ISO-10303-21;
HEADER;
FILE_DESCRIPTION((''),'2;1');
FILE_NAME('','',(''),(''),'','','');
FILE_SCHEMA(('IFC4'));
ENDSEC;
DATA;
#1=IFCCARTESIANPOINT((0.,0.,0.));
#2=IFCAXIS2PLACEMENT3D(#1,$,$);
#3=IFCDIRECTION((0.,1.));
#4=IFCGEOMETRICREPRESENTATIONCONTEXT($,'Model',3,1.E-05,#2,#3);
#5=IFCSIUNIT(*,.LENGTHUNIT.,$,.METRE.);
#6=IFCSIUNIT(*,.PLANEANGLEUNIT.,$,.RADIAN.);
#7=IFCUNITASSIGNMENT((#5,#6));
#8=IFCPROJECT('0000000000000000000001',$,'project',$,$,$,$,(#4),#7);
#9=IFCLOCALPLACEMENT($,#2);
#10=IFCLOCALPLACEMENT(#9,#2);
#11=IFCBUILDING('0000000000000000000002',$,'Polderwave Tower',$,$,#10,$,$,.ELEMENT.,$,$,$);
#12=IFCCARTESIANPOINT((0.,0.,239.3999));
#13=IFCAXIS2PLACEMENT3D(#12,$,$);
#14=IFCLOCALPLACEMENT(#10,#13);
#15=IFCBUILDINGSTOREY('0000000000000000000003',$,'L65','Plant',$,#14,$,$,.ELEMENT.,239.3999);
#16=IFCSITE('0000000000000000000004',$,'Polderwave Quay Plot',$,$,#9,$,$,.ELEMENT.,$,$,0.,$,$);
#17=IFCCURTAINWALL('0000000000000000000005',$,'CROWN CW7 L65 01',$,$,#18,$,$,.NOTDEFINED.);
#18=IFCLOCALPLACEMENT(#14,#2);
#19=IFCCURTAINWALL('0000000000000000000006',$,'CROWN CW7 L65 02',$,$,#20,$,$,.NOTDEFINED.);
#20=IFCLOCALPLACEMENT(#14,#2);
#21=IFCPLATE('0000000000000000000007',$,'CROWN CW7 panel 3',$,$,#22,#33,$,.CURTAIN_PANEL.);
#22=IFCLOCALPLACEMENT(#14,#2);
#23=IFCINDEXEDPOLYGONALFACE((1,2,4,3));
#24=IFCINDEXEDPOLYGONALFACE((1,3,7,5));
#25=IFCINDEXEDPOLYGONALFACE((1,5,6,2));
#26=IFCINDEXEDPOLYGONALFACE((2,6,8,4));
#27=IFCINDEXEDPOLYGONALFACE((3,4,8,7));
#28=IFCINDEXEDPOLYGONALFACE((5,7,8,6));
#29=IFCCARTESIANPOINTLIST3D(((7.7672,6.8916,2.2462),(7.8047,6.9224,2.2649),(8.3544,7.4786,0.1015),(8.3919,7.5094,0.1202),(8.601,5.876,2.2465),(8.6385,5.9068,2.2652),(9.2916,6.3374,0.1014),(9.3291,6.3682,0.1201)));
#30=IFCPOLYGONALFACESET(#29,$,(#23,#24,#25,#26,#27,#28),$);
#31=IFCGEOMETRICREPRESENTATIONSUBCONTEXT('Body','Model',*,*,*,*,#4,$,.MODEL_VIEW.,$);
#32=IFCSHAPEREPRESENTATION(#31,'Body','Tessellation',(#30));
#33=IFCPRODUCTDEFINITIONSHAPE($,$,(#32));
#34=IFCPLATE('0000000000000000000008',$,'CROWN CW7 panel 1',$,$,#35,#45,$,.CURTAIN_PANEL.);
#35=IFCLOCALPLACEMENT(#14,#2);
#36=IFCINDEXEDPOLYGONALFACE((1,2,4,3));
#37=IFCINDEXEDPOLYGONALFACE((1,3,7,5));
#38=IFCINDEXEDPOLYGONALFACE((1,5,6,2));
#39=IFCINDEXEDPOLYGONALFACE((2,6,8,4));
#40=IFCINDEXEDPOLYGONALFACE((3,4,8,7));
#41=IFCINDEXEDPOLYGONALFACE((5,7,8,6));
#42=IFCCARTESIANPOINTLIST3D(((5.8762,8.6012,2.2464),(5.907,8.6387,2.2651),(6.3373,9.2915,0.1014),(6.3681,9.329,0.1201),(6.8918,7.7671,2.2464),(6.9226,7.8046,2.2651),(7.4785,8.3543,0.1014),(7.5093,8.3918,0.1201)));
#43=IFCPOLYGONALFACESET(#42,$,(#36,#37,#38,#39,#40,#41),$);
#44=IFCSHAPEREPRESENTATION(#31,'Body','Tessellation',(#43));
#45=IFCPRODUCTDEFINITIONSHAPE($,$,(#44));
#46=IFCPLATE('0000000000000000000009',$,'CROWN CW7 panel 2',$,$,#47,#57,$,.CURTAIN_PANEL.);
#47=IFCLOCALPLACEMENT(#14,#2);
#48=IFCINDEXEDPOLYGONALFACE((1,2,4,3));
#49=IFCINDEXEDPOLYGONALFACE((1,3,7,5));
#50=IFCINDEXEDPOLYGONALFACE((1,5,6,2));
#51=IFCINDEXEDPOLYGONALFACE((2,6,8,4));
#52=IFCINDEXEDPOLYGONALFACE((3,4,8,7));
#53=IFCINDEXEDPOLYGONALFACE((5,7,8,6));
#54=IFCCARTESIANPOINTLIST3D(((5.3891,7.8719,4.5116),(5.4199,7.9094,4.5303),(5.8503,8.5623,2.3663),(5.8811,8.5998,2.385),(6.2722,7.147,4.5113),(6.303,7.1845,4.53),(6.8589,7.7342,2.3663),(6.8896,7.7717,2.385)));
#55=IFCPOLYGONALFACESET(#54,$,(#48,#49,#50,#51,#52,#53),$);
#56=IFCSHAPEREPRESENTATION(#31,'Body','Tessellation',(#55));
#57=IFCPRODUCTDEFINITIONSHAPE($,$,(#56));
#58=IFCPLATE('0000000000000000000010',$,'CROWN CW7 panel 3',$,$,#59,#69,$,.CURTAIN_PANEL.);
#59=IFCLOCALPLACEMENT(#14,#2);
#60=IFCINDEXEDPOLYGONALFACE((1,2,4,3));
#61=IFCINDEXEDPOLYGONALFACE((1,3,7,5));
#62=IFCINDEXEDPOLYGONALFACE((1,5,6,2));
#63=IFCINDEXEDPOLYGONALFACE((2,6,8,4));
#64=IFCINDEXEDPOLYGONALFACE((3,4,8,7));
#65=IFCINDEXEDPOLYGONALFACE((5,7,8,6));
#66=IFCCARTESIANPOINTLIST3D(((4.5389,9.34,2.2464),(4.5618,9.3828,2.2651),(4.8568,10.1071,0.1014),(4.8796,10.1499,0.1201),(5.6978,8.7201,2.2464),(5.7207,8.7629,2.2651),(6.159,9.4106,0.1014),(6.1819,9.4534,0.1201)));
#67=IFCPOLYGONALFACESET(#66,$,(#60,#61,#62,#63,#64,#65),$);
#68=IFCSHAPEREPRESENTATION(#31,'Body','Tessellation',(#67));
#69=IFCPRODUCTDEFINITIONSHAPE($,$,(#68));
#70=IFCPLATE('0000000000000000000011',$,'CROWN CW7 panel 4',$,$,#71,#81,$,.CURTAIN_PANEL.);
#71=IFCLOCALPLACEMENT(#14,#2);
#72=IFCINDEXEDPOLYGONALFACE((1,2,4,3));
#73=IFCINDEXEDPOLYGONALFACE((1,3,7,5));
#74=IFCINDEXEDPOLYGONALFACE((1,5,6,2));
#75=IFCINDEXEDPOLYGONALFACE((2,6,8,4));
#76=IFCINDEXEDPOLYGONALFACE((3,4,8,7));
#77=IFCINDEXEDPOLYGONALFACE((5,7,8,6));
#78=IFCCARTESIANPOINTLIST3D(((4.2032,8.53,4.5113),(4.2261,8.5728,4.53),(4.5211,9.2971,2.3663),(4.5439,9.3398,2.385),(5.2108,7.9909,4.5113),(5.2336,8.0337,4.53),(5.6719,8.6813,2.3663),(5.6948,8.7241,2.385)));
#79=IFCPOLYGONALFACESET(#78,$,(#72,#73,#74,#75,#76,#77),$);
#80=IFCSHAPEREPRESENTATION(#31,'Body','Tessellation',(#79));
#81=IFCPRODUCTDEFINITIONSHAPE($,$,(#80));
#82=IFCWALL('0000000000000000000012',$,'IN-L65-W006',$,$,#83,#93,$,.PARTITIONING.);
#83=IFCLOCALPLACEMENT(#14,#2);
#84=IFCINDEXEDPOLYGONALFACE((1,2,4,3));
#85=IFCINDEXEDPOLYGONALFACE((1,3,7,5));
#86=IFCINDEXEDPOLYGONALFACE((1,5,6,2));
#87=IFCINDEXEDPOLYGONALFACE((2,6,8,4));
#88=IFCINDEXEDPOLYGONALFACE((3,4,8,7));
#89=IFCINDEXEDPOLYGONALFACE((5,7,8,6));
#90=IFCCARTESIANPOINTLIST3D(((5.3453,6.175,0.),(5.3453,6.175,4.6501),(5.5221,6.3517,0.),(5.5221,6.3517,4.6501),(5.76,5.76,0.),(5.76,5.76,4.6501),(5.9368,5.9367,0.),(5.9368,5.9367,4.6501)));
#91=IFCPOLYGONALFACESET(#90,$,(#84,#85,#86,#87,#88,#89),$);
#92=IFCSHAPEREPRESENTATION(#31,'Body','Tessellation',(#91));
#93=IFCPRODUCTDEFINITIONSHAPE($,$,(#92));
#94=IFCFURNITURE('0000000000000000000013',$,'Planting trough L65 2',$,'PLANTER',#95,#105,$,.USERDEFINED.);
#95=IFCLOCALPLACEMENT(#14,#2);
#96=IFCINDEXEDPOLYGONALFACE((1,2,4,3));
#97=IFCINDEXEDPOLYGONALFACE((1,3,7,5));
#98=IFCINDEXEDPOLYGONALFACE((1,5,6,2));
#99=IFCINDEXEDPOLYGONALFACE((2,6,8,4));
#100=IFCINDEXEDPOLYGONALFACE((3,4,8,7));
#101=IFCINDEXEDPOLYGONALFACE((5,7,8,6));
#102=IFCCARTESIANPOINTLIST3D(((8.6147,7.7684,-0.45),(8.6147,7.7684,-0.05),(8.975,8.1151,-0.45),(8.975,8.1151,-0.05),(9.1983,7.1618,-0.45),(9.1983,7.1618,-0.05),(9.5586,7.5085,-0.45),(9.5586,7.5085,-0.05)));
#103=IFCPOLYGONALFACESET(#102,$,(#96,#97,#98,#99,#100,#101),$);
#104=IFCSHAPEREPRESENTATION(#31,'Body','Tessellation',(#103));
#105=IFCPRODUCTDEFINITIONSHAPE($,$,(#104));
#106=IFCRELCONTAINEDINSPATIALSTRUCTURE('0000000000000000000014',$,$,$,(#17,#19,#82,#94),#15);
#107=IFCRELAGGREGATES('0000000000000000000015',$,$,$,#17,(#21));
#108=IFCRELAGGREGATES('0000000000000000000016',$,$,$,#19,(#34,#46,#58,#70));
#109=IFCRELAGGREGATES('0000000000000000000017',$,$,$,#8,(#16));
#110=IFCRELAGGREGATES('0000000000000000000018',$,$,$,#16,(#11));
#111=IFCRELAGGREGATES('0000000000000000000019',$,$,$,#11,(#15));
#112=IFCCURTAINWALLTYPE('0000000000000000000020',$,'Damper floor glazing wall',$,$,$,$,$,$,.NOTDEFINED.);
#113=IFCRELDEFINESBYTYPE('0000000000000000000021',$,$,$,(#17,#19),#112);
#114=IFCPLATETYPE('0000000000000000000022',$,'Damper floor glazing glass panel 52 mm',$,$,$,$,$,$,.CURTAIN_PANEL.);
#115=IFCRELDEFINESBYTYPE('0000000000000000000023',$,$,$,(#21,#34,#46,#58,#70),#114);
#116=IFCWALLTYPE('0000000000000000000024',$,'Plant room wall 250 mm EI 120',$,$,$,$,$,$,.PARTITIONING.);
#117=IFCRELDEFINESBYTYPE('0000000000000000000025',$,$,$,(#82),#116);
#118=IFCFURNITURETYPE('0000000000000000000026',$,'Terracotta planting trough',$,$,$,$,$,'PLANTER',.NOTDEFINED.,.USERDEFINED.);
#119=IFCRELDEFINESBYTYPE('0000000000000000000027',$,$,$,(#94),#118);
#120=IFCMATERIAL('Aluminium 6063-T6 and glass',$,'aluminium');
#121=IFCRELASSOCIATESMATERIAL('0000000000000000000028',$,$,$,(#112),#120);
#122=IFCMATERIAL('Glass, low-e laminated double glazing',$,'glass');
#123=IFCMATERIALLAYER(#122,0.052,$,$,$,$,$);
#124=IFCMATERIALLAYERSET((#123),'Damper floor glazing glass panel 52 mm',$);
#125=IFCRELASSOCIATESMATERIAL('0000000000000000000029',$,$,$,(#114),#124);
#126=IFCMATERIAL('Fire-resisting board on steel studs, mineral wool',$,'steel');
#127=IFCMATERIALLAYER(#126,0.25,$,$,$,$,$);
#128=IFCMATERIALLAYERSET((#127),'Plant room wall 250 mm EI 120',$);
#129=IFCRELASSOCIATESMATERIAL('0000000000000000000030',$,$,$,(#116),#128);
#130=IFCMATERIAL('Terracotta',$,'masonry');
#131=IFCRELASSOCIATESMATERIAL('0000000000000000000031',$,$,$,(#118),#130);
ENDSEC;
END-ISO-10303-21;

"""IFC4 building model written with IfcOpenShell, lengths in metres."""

from ifc_helpers import new_model, si_unit, direction, frame, frame_2d, origin, origin_2d, place, context, subcontext, project, spatial, polyline, rectangle, outline, extrude, material, layer, layer_set, type_object, element, aggregate, save


model = new_model("IFC4")

# Units and contexts
model_context = context("Model", 3, precision=1e-05, world=origin(), true_north=direction((0.0, 1.0)))
body_context = subcontext(model_context, "Body", "Model", "MODEL_VIEW")
ifc_project = project(units=[si_unit("LENGTHUNIT", "METRE"), si_unit("PLANEANGLEUNIT", "RADIAN")], contexts=[model_context])

# Site, building, storey
site_placement = place(None, origin())
site = spatial("IfcSite", under=ifc_project, at=site_placement, Name="Polderwave Quay Plot", CompositionType="ELEMENT", RefElevation=0.0)
building_placement = place(site_placement, origin())
building = spatial("IfcBuilding", under=site, at=building_placement, Name="Polderwave Tower", CompositionType="ELEMENT")
storey_placement = place(building_placement, frame((0.0, 0.0, 239.3999)))
storey = spatial("IfcBuildingStorey", under=building, at=storey_placement, Name="L65", Description="Plant", CompositionType="ELEMENT", Elevation=239.3999)

# Curtain walls
ifc_material_1 = material(Name="Aluminium 6063-T6 and glass", Category="aluminium")
curtain_wall_type = type_object("IfcCurtainWallType", Name="Damper floor glazing wall", PredefinedType="NOTDEFINED", material=ifc_material_1)
curtain_wall_1_placement = place(storey_placement, origin())
curtain_wall_1 = element("IfcCurtainWall", 1, at=curtain_wall_1_placement, inside=storey, type_object=curtain_wall_type, Name="CROWN CW7 L65 01", PredefinedType="NOTDEFINED")
curtain_wall_2_placement = place(storey_placement, origin())
curtain_wall_2 = element("IfcCurtainWall", 2, at=curtain_wall_2_placement, inside=storey, type_object=curtain_wall_type, Name="CROWN CW7 L65 02", PredefinedType="NOTDEFINED")

# Plates
ifc_material_2 = material(Name="Glass, low-e laminated double glazing", Category="glass")
ifc_layer_1 = layer(ifc_material_2, 0.052)
ifc_layer_set_1 = layer_set([ifc_layer_1], Name="Damper floor glazing glass panel 52 mm")
plate_type = type_object("IfcPlateType", Name="Damper floor glazing glass panel 52 mm", PredefinedType="CURTAIN_PANEL", material=ifc_layer_set_1)
plate_1_placement = place(storey_placement, frame((9.3291, 6.3682, 0.1201), z_axis=(0.721136, 0.592199, 0.359532), x_axis=(-0.634644, 0.772805, 0.00003)))
plate_1 = element("IfcPlate", 3, at=plate_1_placement, type_object=plate_type, Name="CROWN CW7 panel 3", PredefinedType="CURTAIN_PANEL", context=body_context, shape_type="SweptSolid", body=[
    extrude(outline(polyline([(0.0, 0.0), (1.4767, 0.0), (1.3958, 2.2984), (0.0818, 2.2988), (0.0, 0.0)])), origin(), (0.0, 0.0, -1.0), 0.052),
])
aggregate(curtain_wall_1, [plate_1])
plate_2_placement = place(storey_placement, frame((7.5093, 8.3918, 0.1201), z_axis=(0.592251, 0.72115, 0.359419), x_axis=(-0.772786, 0.634667, -0.000019)))
plate_2 = element("IfcPlate", 4, at=plate_2_placement, type_object=plate_type, Name="CROWN CW7 panel 1", PredefinedType="CURTAIN_PANEL", context=body_context, shape_type="SweptSolid", body=[
    extrude(outline(polyline([(0.0, 0.0), (1.4767, 0.0), (1.3948, 2.2987), (0.0807, 2.2986), (0.0, 0.0)])), origin(), (0.0, 0.0, -1.0), 0.052),
])
plate_3_placement = place(storey_placement, frame((6.8896, 7.7717, 2.385), z_axis=(0.592165, 0.721229, 0.359402), x_axis=(-0.772867, 0.634568, -0.000012)))
plate_3 = element("IfcPlate", 5, at=plate_3_placement, type_object=plate_type, Name="CROWN CW7 panel 2", PredefinedType="CURTAIN_PANEL", context=body_context, shape_type="SweptSolid", body=[
    extrude(outline(polyline([(0.0, 0.0), (1.305, 0.0), (1.2233, 2.2989), (0.0808, 2.2986), (0.0, 0.0)])), origin(), (0.0, 0.0, -1.0), 0.052),
])
plate_4_placement = place(storey_placement, frame((6.1819, 9.4534, 0.1201), z_axis=(0.440113, 0.822845, 0.35948), x_axis=(-0.88179, 0.471641, -0.000001)))
plate_4 = element("IfcPlate", 6, at=plate_4_placement, type_object=plate_type, Name="CROWN CW7 panel 3", PredefinedType="CURTAIN_PANEL", context=body_context, shape_type="SweptSolid", body=[
    extrude(outline(polyline([(0.0, 0.0), (1.4768, 0.0), (1.3953, 2.2987), (0.081, 2.2987), (0.0, 0.0)])), origin(), (0.0, 0.0, -1.0), 0.052),
])
plate_5_placement = place(storey_placement, frame((5.6948, 8.7241, 2.385), z_axis=(0.440203, 0.822797, 0.35948), x_axis=(-0.88174, 0.471737, 0.000001)))
plate_5 = element("IfcPlate", 7, at=plate_5_placement, type_object=plate_type, Name="CROWN CW7 panel 4", PredefinedType="CURTAIN_PANEL", context=body_context, shape_type="SweptSolid", body=[
    extrude(outline(polyline([(0.0, 0.0), (1.3052, 0.0), (1.2237, 2.2987), (0.0809, 2.2987), (0.0, 0.0)])), origin(), (0.0, 0.0, -1.0), 0.052),
])
aggregate(curtain_wall_2, [plate_2, plate_3, plate_4, plate_5])

# Wall
ifc_material_3 = material(Name="Fire-resisting board on steel studs, mineral wool", Category="steel")
ifc_layer_2 = layer(ifc_material_3, 0.25)
ifc_layer_set_2 = layer_set([ifc_layer_2], Name="Plant room wall 250 mm EI 120")
wall_type = type_object("IfcWallType", Name="Plant room wall 250 mm EI 120", PredefinedType="PARTITIONING", material=ifc_layer_set_2)
wall_placement = place(storey_placement, frame((5.4336, 6.2634, 0.0), z_axis=(0.0, 0.0, 1.0), x_axis=(0.706899, -0.707315, 0.0)))
element("IfcWall", 8, at=wall_placement, inside=storey, type_object=wall_type, Name="IN-L65-W006", PredefinedType="PARTITIONING", context=body_context, shape_type="SweptSolid", body=[
    extrude(rectangle(XDim=0.5867, YDim=0.25, at=frame_2d((0.2935, 0.0))), origin(), (0.0, 0.0, 1.0), 4.6501),
])

# Furniture
ifc_material_4 = material(Name="Terracotta", Category="masonry")
furniture_type = type_object("IfcFurnitureType", Name="Terracotta planting trough", ElementType="PLANTER", AssemblyPlace="NOTDEFINED", PredefinedType="USERDEFINED", material=ifc_material_4)
furniture_placement = place(storey_placement, frame((9.0867, 7.6384, -0.45), z_axis=(0.0, 0.0, 1.0), x_axis=(-0.693338, 0.720613, 0.0)))
element("IfcFurniture", 9, at=furniture_placement, inside=storey, type_object=furniture_type, Name="Planting trough L65 2", ObjectType="PLANTER", PredefinedType="USERDEFINED", context=body_context, shape_type="SweptSolid", body=[
    extrude(rectangle(XDim=0.8418, YDim=0.5, at=origin_2d()), origin(), (0.0, 0.0, 1.0), 0.3999),
])

save(model, "model.ifc")
